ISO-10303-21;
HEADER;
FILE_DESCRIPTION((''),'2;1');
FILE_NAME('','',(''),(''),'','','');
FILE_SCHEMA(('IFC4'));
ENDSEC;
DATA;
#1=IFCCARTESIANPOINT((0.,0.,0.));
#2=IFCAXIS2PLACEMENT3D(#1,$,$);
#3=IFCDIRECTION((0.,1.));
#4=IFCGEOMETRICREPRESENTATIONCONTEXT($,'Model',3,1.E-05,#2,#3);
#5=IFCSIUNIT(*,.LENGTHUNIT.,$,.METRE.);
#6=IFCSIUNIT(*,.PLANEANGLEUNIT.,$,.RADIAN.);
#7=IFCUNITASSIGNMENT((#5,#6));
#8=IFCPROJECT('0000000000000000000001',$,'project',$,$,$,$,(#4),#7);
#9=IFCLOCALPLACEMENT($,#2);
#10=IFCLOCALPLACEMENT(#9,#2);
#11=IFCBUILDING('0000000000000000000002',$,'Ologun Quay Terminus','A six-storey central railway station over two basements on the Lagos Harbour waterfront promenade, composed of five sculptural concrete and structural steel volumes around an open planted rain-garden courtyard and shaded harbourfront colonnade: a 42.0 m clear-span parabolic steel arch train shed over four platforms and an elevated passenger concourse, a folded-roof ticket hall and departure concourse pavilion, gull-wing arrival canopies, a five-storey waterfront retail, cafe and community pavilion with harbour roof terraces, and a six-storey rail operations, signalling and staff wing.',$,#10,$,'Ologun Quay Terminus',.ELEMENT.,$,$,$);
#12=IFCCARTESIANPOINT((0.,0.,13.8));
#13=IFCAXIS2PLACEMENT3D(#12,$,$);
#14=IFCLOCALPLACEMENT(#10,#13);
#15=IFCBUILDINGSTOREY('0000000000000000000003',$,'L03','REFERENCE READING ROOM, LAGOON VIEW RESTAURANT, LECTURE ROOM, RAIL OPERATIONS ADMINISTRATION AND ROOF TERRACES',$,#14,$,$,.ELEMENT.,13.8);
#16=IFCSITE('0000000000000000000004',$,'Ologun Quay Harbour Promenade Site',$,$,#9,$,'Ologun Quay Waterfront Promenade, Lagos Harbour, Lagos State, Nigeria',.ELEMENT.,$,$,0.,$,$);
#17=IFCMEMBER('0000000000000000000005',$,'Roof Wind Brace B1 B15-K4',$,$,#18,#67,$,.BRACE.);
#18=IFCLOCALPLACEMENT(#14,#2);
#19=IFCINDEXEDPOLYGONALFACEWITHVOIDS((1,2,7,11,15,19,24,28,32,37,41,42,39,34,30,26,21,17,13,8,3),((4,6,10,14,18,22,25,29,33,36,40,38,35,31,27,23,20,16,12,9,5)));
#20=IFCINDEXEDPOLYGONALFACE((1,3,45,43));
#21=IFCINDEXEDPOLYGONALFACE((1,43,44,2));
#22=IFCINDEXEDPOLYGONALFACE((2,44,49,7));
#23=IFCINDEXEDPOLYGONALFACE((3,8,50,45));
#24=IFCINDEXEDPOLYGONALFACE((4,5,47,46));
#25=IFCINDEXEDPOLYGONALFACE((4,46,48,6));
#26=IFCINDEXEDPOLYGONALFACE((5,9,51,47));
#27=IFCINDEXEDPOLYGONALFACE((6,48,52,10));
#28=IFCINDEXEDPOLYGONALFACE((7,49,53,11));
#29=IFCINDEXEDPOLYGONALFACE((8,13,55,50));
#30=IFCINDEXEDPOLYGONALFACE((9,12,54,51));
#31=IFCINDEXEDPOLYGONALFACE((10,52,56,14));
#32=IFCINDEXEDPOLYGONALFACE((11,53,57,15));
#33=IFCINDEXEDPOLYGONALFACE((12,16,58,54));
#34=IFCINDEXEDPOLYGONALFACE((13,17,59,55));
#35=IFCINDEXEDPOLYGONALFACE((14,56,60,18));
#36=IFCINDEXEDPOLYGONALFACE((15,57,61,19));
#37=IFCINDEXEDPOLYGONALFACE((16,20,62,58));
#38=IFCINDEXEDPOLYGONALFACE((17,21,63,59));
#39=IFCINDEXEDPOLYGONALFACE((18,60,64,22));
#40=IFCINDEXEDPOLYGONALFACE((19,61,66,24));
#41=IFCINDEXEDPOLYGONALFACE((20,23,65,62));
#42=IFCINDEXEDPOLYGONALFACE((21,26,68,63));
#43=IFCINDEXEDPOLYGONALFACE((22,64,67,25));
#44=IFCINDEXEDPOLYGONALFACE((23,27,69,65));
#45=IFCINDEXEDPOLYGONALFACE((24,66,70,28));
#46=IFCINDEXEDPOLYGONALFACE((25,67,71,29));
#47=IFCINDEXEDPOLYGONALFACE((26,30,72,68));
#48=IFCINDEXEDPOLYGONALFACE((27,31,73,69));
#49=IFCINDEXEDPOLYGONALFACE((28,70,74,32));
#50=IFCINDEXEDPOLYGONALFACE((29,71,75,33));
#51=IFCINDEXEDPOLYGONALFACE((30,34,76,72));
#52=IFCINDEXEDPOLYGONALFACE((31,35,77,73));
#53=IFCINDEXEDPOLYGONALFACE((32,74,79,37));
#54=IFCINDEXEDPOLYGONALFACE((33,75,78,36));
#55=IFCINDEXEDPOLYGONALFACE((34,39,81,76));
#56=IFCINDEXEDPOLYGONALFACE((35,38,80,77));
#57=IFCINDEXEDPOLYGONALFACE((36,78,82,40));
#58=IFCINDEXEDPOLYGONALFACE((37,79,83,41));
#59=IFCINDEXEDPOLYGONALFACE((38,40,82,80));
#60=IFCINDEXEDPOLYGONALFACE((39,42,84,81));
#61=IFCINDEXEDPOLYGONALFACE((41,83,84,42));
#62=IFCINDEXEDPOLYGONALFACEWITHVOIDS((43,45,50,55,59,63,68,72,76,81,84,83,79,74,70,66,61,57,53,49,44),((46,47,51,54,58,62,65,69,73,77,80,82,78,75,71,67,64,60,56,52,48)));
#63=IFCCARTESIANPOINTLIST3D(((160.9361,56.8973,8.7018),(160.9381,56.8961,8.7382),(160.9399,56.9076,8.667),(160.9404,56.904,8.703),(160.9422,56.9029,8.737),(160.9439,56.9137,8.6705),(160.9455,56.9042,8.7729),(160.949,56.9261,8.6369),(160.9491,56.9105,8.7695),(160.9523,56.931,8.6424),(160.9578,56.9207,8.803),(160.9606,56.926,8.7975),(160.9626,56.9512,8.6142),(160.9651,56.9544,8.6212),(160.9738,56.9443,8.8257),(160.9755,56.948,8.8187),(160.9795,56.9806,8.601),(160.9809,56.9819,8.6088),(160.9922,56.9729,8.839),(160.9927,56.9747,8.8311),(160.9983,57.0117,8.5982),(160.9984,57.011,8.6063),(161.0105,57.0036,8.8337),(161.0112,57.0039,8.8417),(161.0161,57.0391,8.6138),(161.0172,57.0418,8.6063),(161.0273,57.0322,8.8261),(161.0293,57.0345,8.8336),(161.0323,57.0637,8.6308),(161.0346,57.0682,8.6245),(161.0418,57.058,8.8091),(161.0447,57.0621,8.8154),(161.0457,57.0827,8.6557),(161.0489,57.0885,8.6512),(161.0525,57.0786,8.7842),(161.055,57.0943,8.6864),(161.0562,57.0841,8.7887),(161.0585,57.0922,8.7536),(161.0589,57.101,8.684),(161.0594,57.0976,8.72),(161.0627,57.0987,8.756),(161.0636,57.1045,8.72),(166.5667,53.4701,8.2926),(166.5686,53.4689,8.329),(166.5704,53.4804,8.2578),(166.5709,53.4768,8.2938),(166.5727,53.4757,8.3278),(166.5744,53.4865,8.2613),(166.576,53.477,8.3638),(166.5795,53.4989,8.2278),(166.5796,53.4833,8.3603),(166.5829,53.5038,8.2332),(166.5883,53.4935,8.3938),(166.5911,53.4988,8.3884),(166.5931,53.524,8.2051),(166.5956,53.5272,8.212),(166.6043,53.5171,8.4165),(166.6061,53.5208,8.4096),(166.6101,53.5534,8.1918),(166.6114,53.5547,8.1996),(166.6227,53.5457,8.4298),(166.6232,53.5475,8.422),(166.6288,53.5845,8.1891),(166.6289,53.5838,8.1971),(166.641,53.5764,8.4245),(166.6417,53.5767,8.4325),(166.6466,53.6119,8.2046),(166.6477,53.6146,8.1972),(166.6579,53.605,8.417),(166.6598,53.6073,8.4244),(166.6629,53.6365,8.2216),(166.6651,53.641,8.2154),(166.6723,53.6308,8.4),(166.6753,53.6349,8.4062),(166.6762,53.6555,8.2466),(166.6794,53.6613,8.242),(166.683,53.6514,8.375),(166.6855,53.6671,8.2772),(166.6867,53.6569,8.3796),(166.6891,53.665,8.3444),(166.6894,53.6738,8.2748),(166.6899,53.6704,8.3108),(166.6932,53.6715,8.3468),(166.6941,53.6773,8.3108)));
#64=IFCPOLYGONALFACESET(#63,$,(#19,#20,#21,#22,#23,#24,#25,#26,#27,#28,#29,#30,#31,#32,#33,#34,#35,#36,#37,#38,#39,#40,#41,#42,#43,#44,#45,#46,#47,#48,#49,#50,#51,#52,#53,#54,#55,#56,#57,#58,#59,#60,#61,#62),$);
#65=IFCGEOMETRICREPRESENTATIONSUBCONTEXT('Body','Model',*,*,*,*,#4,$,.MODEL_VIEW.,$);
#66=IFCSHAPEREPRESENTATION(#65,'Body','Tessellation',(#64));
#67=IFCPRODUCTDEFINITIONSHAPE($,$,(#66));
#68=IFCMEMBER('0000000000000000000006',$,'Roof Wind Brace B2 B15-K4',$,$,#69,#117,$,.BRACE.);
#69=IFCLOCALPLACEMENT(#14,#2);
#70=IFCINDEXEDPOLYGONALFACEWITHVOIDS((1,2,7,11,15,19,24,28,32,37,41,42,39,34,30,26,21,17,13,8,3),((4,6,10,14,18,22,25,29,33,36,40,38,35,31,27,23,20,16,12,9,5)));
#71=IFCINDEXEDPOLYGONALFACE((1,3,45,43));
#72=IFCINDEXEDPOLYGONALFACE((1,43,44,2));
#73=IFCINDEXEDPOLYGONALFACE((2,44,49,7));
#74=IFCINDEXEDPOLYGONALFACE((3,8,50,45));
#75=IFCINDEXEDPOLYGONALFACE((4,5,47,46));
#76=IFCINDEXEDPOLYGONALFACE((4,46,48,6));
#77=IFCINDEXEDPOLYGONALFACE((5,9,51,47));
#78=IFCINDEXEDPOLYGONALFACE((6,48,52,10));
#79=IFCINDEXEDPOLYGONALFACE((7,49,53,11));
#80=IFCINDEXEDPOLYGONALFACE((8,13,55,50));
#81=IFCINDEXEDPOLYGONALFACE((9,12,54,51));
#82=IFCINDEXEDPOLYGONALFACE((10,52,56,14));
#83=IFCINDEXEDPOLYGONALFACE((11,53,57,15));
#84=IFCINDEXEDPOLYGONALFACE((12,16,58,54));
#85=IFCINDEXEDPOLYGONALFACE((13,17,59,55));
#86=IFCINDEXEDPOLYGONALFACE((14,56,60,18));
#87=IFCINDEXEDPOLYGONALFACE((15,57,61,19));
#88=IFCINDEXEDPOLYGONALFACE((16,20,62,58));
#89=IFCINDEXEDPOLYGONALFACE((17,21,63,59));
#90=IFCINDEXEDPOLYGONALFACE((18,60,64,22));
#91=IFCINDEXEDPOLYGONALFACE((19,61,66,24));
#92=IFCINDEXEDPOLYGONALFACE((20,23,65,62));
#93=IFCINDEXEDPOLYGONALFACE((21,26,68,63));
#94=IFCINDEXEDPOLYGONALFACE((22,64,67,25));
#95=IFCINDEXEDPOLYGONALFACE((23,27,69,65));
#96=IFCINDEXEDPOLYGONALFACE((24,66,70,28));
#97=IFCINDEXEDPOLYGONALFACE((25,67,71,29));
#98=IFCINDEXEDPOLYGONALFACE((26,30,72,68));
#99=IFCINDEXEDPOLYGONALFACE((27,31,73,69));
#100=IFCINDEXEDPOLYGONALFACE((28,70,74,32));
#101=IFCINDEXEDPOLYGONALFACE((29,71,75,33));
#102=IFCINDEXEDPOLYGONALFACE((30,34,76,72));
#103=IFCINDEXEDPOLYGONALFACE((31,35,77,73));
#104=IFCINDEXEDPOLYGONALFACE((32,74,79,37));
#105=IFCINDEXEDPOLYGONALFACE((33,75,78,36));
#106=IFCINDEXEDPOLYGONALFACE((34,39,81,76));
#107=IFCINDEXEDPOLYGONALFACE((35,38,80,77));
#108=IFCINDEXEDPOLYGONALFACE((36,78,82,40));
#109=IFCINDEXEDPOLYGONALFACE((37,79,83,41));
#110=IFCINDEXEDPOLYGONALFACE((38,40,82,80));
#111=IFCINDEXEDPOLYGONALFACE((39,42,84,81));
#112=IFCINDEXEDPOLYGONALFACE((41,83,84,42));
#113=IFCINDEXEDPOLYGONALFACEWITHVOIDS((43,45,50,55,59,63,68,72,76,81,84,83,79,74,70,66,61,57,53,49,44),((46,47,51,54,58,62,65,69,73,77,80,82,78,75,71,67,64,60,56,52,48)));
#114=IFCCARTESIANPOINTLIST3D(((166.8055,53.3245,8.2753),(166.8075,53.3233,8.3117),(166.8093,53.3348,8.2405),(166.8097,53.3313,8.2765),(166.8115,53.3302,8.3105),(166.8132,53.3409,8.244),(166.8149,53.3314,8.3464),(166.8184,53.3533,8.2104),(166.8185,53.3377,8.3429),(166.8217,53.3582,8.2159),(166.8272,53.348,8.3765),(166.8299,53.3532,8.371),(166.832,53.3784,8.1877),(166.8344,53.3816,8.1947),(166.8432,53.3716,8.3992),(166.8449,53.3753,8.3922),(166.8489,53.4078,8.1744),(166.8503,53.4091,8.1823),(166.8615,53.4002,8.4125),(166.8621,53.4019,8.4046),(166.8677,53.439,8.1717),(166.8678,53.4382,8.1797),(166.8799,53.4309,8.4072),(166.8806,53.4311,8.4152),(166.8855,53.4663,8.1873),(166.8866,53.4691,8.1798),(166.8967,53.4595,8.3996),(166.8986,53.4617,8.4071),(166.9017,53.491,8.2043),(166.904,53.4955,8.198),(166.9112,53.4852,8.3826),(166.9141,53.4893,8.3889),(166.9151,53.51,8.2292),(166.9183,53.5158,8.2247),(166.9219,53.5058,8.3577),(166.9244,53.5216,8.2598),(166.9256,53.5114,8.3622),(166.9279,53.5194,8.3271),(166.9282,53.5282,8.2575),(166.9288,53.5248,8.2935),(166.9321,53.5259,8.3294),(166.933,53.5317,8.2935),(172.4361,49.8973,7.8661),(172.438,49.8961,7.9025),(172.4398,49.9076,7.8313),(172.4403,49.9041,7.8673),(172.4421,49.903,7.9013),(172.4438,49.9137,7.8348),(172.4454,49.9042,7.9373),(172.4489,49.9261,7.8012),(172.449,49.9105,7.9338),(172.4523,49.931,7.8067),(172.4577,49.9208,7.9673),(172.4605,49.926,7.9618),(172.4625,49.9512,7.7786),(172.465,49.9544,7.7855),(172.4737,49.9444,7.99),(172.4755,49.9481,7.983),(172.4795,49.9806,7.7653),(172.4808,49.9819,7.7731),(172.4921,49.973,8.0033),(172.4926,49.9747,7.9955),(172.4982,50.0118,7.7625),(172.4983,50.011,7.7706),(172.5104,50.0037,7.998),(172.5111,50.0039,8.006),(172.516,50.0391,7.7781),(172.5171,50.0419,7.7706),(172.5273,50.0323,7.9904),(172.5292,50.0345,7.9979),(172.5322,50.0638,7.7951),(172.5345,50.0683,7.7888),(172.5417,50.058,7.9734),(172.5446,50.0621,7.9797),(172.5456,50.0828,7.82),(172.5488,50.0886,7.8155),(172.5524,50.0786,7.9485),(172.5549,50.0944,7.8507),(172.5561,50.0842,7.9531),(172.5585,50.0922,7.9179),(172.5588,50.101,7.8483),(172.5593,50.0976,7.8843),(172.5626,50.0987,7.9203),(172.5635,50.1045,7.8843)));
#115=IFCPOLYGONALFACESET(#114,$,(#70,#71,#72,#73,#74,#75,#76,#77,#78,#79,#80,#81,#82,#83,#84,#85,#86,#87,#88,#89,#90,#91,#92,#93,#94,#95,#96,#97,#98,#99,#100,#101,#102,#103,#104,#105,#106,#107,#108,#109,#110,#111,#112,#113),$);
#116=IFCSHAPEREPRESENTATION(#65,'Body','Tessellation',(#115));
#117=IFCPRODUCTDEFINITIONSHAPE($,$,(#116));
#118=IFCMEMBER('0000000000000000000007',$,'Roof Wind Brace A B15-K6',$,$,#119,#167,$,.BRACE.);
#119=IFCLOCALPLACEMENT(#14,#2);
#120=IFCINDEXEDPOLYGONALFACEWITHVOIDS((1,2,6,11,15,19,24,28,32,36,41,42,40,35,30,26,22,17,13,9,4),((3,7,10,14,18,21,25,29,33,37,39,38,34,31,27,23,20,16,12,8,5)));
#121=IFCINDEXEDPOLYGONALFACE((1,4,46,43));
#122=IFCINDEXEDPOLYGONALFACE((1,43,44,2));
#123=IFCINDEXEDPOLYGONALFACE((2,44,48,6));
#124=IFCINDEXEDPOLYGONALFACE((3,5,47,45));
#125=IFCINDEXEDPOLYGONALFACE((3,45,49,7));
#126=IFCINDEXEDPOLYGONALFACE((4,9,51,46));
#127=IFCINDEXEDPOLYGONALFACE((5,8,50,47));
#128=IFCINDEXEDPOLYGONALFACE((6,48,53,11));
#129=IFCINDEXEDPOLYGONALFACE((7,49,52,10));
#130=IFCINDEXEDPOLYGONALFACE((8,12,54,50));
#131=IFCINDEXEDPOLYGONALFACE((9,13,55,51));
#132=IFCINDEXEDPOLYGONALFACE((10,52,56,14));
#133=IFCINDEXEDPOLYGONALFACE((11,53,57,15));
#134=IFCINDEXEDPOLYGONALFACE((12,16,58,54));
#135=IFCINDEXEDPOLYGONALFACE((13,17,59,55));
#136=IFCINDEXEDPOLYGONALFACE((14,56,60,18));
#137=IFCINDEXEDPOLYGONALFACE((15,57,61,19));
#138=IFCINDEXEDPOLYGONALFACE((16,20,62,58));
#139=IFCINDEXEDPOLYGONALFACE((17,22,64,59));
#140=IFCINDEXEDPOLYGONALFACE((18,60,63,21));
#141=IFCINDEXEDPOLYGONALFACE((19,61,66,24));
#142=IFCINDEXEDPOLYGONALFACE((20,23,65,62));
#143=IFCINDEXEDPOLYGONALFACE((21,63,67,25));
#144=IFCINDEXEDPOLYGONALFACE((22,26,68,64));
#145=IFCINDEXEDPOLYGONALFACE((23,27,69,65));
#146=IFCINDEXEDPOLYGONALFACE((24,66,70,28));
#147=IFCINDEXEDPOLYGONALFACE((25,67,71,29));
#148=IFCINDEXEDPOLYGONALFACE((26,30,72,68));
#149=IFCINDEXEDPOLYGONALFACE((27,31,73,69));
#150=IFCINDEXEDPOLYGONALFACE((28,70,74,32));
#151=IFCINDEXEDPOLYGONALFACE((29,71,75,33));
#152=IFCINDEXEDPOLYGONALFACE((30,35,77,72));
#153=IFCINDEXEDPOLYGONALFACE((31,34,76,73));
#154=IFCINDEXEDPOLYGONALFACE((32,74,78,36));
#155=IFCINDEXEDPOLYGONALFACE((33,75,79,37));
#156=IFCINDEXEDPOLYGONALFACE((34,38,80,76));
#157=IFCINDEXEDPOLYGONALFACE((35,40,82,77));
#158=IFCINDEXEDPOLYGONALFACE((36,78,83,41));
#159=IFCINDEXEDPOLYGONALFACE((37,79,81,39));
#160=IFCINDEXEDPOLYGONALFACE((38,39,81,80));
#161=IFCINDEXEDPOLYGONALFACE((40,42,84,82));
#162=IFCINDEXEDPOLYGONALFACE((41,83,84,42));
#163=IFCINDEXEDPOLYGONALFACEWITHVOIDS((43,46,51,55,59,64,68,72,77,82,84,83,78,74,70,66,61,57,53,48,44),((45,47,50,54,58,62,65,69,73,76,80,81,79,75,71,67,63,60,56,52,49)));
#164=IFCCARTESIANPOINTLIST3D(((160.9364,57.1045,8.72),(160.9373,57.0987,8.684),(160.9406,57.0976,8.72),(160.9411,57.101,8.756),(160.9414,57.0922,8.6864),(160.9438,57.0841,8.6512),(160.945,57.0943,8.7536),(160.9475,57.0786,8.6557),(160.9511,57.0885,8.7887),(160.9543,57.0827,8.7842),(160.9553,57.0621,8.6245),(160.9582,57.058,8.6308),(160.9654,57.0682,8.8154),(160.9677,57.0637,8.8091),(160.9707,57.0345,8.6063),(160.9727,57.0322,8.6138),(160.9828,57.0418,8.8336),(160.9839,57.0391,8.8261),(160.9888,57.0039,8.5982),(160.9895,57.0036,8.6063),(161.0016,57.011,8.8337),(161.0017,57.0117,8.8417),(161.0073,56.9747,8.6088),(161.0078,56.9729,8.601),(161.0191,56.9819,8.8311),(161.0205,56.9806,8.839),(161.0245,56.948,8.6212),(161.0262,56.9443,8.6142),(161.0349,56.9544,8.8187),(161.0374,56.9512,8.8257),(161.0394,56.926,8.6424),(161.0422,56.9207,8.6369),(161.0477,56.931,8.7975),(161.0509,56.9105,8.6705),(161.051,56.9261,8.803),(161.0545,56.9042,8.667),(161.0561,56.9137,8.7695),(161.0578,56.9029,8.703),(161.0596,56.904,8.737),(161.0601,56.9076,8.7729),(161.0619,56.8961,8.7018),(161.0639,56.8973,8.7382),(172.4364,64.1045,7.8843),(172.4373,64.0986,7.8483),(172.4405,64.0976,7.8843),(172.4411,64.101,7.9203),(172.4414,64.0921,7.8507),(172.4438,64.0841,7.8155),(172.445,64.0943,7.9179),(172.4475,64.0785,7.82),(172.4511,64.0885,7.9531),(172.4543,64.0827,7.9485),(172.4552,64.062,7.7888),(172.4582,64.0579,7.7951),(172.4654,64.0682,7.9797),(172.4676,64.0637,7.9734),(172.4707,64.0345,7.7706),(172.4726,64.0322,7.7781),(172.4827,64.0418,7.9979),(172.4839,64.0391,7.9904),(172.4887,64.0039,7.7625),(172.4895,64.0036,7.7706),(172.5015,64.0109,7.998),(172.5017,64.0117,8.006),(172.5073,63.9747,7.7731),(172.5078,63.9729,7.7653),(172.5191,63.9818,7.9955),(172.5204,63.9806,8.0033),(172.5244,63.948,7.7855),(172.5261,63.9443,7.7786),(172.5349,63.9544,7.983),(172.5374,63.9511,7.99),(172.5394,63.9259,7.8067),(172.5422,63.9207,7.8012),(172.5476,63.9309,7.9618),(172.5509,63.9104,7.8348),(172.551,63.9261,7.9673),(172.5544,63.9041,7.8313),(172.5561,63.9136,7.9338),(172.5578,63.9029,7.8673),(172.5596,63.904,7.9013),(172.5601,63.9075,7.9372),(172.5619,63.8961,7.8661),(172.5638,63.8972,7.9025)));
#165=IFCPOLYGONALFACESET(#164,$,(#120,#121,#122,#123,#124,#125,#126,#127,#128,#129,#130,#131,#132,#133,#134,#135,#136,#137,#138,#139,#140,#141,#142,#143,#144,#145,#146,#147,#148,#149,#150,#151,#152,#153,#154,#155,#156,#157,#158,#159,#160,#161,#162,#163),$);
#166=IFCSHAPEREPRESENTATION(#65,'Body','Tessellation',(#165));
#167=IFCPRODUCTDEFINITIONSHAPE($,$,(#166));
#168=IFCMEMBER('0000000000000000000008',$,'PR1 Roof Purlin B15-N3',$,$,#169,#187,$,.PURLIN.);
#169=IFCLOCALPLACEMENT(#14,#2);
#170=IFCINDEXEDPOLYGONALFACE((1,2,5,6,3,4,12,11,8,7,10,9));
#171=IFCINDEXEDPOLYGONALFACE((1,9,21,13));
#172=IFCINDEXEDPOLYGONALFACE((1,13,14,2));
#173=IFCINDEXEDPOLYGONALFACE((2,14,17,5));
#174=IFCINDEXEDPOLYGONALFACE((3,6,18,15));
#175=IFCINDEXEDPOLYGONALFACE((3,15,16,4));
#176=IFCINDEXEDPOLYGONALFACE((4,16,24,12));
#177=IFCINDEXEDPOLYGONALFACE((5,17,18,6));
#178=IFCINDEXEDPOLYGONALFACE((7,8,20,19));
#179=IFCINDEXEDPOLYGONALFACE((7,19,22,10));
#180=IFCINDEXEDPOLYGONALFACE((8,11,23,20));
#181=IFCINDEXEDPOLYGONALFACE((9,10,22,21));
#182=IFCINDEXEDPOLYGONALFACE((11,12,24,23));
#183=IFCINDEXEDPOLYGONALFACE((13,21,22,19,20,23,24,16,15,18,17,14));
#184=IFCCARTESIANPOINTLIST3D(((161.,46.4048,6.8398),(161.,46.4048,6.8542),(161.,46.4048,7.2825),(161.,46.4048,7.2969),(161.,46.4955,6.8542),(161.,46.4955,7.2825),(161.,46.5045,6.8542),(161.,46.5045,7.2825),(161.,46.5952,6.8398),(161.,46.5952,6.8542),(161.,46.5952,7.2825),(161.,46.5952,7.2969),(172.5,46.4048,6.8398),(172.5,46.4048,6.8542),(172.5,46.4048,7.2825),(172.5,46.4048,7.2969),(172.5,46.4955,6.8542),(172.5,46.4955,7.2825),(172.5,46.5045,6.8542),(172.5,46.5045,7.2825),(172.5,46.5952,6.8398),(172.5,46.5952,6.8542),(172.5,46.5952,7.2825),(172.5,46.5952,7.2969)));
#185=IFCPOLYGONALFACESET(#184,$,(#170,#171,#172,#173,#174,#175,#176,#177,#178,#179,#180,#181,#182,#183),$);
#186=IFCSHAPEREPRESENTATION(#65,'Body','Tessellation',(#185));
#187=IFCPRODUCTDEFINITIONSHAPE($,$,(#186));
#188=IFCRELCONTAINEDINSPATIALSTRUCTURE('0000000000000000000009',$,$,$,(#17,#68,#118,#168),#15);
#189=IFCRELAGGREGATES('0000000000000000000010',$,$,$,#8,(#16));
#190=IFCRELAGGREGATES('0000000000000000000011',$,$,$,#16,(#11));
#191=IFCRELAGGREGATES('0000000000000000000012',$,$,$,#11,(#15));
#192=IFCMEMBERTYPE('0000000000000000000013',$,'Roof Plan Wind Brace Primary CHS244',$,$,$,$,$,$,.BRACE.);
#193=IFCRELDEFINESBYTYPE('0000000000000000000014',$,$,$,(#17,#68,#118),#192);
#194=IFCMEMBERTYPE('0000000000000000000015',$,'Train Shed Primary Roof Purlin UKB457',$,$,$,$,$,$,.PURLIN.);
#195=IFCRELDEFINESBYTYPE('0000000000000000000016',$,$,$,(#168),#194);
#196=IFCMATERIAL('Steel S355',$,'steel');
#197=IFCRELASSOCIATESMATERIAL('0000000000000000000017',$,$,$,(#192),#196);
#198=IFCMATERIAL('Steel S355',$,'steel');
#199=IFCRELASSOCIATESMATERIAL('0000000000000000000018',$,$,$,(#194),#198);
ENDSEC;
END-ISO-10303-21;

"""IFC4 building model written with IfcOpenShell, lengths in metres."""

from ifc_helpers import new_model, si_unit, direction, frame, origin, origin_2d, place, context, subcontext, project, spatial, hollow_circle, i_section, extrude, material, material_profile, profile_set, type_object, element, save


model = new_model("IFC4")

# Units and contexts
model_context = context("Model", 3, precision=1e-05, world=origin(), true_north=direction((0.0, 1.0)))
body_context = subcontext(model_context, "Body", "Model", "MODEL_VIEW")
ifc_project = project(units=[si_unit("LENGTHUNIT", "METRE"), si_unit("PLANEANGLEUNIT", "RADIAN")], contexts=[model_context])

# Site, building, storey
site_placement = place(None, origin())
site = spatial("IfcSite", under=ifc_project, at=site_placement, Name="Ologun Quay Harbour Promenade Site", LongName="Ologun Quay Waterfront Promenade, Lagos Harbour, Lagos State, Nigeria", CompositionType="ELEMENT", RefElevation=0.0)
building_placement = place(site_placement, origin())
building = spatial("IfcBuilding", under=site, at=building_placement, Name="Ologun Quay Terminus", Description="A six-storey central railway station over two basements on the Lagos Harbour waterfront promenade, composed of five sculptural concrete and structural steel volumes around an open planted rain-garden courtyard and shaded harbourfront colonnade: a 42.0 m clear-span parabolic steel arch train shed over four platforms and an elevated passenger concourse, a folded-roof ticket hall and departure concourse pavilion, gull-wing arrival canopies, a five-storey waterfront retail, cafe and community pavilion with harbour roof terraces, and a six-storey rail operations, signalling and staff wing.", LongName="Ologun Quay Terminus", CompositionType="ELEMENT")
storey_placement = place(building_placement, frame((0.0, 0.0, 13.8)))
storey = spatial("IfcBuildingStorey", under=building, at=storey_placement, Name="L03", Description="REFERENCE READING ROOM, LAGOON VIEW RESTAURANT, LECTURE ROOM, RAIL OPERATIONS ADMINISTRATION AND ROOF TERRACES", CompositionType="ELEMENT", Elevation=13.8)

# Members
ifc_material_1 = material(Name="Steel S355", Category="steel")
ifc_material_profile_1 = material_profile(ifc_material_1, hollow_circle(Radius=0.1223, WallThickness=0.0081, at=origin_2d()), Name="CHS 244.5x8")
ifc_profile_set_1 = profile_set([ifc_material_profile_1], Name="Steel S355")
member_type_1 = type_object("IfcMemberType", Name="Roof Plan Wind Brace Primary CHS244", PredefinedType="BRACE", material=ifc_profile_set_1)
for number, where, z_axis, x_axis, name in (
    (1, (161.0, 57.0, 8.72), (0.852563, -0.518939, -0.061956), (0.519938, 0.854204, 0.0), "Roof Wind Brace B1 B15-K4"),
    (2, (166.8694, 53.4272, 8.2935), (0.852563, -0.518939, -0.061956), (0.519938, 0.854204, 0.0), "Roof Wind Brace B2 B15-K4"),
):
    element("IfcMember", number, at=place(storey_placement, frame(where, z_axis=z_axis, x_axis=x_axis)), inside=storey, type_object=member_type_1, Name=name, PredefinedType="BRACE", context=body_context, shape_type="SweptSolid", body=[
        extrude(hollow_circle(Radius=0.1223, WallThickness=0.0081, at=origin_2d()), origin(), (0.0, 0.0, 1.0), 6.6042),
    ])
member_1_placement = place(storey_placement, frame((161.0, 57.0, 8.72), z_axis=(0.852558, 0.518948, -0.061954), x_axis=(-0.519947, 0.854199, 0.0)))
element("IfcMember", 3, at=member_1_placement, inside=storey, type_object=member_type_1, Name="Roof Wind Brace A B15-K6", PredefinedType="BRACE", context=body_context, shape_type="SweptSolid", body=[
    extrude(hollow_circle(Radius=0.1223, WallThickness=0.0081, at=origin_2d()), origin(), (0.0, 0.0, 1.0), 13.4888),
])
ifc_material_2 = material(Name="Steel S355", Category="steel")
ifc_material_profile_2 = material_profile(ifc_material_2, i_section(OverallWidth=0.1904, OverallDepth=0.457, WebThickness=0.009, FlangeThickness=0.0144, at=origin_2d()), Name="UKB 457x191x74")
ifc_profile_set_2 = profile_set([ifc_material_profile_2], Name="Steel S355")
member_type_2 = type_object("IfcMemberType", Name="Train Shed Primary Roof Purlin UKB457", PredefinedType="PURLIN", material=ifc_profile_set_2)
for number, where, z_axis, x_axis, name in (
    (4, (161.0, 46.5, 7.0684), (1.0, 0.0, 0.0), (0.0, 1.0, 0.0), "PR1 Roof Purlin B15-N3"),
):
    element("IfcMember", number, at=place(storey_placement, frame(where, z_axis=z_axis, x_axis=x_axis)), inside=storey, type_object=member_type_2, Name=name, PredefinedType="PURLIN", context=body_context, shape_type="SweptSolid", body=[
        extrude(i_section(OverallWidth=0.1904, OverallDepth=0.457, WebThickness=0.009, FlangeThickness=0.0144, at=origin_2d()), origin(), (0.0, 0.0, 1.0), 11.5),
    ])

save(model, "model.ifc")
